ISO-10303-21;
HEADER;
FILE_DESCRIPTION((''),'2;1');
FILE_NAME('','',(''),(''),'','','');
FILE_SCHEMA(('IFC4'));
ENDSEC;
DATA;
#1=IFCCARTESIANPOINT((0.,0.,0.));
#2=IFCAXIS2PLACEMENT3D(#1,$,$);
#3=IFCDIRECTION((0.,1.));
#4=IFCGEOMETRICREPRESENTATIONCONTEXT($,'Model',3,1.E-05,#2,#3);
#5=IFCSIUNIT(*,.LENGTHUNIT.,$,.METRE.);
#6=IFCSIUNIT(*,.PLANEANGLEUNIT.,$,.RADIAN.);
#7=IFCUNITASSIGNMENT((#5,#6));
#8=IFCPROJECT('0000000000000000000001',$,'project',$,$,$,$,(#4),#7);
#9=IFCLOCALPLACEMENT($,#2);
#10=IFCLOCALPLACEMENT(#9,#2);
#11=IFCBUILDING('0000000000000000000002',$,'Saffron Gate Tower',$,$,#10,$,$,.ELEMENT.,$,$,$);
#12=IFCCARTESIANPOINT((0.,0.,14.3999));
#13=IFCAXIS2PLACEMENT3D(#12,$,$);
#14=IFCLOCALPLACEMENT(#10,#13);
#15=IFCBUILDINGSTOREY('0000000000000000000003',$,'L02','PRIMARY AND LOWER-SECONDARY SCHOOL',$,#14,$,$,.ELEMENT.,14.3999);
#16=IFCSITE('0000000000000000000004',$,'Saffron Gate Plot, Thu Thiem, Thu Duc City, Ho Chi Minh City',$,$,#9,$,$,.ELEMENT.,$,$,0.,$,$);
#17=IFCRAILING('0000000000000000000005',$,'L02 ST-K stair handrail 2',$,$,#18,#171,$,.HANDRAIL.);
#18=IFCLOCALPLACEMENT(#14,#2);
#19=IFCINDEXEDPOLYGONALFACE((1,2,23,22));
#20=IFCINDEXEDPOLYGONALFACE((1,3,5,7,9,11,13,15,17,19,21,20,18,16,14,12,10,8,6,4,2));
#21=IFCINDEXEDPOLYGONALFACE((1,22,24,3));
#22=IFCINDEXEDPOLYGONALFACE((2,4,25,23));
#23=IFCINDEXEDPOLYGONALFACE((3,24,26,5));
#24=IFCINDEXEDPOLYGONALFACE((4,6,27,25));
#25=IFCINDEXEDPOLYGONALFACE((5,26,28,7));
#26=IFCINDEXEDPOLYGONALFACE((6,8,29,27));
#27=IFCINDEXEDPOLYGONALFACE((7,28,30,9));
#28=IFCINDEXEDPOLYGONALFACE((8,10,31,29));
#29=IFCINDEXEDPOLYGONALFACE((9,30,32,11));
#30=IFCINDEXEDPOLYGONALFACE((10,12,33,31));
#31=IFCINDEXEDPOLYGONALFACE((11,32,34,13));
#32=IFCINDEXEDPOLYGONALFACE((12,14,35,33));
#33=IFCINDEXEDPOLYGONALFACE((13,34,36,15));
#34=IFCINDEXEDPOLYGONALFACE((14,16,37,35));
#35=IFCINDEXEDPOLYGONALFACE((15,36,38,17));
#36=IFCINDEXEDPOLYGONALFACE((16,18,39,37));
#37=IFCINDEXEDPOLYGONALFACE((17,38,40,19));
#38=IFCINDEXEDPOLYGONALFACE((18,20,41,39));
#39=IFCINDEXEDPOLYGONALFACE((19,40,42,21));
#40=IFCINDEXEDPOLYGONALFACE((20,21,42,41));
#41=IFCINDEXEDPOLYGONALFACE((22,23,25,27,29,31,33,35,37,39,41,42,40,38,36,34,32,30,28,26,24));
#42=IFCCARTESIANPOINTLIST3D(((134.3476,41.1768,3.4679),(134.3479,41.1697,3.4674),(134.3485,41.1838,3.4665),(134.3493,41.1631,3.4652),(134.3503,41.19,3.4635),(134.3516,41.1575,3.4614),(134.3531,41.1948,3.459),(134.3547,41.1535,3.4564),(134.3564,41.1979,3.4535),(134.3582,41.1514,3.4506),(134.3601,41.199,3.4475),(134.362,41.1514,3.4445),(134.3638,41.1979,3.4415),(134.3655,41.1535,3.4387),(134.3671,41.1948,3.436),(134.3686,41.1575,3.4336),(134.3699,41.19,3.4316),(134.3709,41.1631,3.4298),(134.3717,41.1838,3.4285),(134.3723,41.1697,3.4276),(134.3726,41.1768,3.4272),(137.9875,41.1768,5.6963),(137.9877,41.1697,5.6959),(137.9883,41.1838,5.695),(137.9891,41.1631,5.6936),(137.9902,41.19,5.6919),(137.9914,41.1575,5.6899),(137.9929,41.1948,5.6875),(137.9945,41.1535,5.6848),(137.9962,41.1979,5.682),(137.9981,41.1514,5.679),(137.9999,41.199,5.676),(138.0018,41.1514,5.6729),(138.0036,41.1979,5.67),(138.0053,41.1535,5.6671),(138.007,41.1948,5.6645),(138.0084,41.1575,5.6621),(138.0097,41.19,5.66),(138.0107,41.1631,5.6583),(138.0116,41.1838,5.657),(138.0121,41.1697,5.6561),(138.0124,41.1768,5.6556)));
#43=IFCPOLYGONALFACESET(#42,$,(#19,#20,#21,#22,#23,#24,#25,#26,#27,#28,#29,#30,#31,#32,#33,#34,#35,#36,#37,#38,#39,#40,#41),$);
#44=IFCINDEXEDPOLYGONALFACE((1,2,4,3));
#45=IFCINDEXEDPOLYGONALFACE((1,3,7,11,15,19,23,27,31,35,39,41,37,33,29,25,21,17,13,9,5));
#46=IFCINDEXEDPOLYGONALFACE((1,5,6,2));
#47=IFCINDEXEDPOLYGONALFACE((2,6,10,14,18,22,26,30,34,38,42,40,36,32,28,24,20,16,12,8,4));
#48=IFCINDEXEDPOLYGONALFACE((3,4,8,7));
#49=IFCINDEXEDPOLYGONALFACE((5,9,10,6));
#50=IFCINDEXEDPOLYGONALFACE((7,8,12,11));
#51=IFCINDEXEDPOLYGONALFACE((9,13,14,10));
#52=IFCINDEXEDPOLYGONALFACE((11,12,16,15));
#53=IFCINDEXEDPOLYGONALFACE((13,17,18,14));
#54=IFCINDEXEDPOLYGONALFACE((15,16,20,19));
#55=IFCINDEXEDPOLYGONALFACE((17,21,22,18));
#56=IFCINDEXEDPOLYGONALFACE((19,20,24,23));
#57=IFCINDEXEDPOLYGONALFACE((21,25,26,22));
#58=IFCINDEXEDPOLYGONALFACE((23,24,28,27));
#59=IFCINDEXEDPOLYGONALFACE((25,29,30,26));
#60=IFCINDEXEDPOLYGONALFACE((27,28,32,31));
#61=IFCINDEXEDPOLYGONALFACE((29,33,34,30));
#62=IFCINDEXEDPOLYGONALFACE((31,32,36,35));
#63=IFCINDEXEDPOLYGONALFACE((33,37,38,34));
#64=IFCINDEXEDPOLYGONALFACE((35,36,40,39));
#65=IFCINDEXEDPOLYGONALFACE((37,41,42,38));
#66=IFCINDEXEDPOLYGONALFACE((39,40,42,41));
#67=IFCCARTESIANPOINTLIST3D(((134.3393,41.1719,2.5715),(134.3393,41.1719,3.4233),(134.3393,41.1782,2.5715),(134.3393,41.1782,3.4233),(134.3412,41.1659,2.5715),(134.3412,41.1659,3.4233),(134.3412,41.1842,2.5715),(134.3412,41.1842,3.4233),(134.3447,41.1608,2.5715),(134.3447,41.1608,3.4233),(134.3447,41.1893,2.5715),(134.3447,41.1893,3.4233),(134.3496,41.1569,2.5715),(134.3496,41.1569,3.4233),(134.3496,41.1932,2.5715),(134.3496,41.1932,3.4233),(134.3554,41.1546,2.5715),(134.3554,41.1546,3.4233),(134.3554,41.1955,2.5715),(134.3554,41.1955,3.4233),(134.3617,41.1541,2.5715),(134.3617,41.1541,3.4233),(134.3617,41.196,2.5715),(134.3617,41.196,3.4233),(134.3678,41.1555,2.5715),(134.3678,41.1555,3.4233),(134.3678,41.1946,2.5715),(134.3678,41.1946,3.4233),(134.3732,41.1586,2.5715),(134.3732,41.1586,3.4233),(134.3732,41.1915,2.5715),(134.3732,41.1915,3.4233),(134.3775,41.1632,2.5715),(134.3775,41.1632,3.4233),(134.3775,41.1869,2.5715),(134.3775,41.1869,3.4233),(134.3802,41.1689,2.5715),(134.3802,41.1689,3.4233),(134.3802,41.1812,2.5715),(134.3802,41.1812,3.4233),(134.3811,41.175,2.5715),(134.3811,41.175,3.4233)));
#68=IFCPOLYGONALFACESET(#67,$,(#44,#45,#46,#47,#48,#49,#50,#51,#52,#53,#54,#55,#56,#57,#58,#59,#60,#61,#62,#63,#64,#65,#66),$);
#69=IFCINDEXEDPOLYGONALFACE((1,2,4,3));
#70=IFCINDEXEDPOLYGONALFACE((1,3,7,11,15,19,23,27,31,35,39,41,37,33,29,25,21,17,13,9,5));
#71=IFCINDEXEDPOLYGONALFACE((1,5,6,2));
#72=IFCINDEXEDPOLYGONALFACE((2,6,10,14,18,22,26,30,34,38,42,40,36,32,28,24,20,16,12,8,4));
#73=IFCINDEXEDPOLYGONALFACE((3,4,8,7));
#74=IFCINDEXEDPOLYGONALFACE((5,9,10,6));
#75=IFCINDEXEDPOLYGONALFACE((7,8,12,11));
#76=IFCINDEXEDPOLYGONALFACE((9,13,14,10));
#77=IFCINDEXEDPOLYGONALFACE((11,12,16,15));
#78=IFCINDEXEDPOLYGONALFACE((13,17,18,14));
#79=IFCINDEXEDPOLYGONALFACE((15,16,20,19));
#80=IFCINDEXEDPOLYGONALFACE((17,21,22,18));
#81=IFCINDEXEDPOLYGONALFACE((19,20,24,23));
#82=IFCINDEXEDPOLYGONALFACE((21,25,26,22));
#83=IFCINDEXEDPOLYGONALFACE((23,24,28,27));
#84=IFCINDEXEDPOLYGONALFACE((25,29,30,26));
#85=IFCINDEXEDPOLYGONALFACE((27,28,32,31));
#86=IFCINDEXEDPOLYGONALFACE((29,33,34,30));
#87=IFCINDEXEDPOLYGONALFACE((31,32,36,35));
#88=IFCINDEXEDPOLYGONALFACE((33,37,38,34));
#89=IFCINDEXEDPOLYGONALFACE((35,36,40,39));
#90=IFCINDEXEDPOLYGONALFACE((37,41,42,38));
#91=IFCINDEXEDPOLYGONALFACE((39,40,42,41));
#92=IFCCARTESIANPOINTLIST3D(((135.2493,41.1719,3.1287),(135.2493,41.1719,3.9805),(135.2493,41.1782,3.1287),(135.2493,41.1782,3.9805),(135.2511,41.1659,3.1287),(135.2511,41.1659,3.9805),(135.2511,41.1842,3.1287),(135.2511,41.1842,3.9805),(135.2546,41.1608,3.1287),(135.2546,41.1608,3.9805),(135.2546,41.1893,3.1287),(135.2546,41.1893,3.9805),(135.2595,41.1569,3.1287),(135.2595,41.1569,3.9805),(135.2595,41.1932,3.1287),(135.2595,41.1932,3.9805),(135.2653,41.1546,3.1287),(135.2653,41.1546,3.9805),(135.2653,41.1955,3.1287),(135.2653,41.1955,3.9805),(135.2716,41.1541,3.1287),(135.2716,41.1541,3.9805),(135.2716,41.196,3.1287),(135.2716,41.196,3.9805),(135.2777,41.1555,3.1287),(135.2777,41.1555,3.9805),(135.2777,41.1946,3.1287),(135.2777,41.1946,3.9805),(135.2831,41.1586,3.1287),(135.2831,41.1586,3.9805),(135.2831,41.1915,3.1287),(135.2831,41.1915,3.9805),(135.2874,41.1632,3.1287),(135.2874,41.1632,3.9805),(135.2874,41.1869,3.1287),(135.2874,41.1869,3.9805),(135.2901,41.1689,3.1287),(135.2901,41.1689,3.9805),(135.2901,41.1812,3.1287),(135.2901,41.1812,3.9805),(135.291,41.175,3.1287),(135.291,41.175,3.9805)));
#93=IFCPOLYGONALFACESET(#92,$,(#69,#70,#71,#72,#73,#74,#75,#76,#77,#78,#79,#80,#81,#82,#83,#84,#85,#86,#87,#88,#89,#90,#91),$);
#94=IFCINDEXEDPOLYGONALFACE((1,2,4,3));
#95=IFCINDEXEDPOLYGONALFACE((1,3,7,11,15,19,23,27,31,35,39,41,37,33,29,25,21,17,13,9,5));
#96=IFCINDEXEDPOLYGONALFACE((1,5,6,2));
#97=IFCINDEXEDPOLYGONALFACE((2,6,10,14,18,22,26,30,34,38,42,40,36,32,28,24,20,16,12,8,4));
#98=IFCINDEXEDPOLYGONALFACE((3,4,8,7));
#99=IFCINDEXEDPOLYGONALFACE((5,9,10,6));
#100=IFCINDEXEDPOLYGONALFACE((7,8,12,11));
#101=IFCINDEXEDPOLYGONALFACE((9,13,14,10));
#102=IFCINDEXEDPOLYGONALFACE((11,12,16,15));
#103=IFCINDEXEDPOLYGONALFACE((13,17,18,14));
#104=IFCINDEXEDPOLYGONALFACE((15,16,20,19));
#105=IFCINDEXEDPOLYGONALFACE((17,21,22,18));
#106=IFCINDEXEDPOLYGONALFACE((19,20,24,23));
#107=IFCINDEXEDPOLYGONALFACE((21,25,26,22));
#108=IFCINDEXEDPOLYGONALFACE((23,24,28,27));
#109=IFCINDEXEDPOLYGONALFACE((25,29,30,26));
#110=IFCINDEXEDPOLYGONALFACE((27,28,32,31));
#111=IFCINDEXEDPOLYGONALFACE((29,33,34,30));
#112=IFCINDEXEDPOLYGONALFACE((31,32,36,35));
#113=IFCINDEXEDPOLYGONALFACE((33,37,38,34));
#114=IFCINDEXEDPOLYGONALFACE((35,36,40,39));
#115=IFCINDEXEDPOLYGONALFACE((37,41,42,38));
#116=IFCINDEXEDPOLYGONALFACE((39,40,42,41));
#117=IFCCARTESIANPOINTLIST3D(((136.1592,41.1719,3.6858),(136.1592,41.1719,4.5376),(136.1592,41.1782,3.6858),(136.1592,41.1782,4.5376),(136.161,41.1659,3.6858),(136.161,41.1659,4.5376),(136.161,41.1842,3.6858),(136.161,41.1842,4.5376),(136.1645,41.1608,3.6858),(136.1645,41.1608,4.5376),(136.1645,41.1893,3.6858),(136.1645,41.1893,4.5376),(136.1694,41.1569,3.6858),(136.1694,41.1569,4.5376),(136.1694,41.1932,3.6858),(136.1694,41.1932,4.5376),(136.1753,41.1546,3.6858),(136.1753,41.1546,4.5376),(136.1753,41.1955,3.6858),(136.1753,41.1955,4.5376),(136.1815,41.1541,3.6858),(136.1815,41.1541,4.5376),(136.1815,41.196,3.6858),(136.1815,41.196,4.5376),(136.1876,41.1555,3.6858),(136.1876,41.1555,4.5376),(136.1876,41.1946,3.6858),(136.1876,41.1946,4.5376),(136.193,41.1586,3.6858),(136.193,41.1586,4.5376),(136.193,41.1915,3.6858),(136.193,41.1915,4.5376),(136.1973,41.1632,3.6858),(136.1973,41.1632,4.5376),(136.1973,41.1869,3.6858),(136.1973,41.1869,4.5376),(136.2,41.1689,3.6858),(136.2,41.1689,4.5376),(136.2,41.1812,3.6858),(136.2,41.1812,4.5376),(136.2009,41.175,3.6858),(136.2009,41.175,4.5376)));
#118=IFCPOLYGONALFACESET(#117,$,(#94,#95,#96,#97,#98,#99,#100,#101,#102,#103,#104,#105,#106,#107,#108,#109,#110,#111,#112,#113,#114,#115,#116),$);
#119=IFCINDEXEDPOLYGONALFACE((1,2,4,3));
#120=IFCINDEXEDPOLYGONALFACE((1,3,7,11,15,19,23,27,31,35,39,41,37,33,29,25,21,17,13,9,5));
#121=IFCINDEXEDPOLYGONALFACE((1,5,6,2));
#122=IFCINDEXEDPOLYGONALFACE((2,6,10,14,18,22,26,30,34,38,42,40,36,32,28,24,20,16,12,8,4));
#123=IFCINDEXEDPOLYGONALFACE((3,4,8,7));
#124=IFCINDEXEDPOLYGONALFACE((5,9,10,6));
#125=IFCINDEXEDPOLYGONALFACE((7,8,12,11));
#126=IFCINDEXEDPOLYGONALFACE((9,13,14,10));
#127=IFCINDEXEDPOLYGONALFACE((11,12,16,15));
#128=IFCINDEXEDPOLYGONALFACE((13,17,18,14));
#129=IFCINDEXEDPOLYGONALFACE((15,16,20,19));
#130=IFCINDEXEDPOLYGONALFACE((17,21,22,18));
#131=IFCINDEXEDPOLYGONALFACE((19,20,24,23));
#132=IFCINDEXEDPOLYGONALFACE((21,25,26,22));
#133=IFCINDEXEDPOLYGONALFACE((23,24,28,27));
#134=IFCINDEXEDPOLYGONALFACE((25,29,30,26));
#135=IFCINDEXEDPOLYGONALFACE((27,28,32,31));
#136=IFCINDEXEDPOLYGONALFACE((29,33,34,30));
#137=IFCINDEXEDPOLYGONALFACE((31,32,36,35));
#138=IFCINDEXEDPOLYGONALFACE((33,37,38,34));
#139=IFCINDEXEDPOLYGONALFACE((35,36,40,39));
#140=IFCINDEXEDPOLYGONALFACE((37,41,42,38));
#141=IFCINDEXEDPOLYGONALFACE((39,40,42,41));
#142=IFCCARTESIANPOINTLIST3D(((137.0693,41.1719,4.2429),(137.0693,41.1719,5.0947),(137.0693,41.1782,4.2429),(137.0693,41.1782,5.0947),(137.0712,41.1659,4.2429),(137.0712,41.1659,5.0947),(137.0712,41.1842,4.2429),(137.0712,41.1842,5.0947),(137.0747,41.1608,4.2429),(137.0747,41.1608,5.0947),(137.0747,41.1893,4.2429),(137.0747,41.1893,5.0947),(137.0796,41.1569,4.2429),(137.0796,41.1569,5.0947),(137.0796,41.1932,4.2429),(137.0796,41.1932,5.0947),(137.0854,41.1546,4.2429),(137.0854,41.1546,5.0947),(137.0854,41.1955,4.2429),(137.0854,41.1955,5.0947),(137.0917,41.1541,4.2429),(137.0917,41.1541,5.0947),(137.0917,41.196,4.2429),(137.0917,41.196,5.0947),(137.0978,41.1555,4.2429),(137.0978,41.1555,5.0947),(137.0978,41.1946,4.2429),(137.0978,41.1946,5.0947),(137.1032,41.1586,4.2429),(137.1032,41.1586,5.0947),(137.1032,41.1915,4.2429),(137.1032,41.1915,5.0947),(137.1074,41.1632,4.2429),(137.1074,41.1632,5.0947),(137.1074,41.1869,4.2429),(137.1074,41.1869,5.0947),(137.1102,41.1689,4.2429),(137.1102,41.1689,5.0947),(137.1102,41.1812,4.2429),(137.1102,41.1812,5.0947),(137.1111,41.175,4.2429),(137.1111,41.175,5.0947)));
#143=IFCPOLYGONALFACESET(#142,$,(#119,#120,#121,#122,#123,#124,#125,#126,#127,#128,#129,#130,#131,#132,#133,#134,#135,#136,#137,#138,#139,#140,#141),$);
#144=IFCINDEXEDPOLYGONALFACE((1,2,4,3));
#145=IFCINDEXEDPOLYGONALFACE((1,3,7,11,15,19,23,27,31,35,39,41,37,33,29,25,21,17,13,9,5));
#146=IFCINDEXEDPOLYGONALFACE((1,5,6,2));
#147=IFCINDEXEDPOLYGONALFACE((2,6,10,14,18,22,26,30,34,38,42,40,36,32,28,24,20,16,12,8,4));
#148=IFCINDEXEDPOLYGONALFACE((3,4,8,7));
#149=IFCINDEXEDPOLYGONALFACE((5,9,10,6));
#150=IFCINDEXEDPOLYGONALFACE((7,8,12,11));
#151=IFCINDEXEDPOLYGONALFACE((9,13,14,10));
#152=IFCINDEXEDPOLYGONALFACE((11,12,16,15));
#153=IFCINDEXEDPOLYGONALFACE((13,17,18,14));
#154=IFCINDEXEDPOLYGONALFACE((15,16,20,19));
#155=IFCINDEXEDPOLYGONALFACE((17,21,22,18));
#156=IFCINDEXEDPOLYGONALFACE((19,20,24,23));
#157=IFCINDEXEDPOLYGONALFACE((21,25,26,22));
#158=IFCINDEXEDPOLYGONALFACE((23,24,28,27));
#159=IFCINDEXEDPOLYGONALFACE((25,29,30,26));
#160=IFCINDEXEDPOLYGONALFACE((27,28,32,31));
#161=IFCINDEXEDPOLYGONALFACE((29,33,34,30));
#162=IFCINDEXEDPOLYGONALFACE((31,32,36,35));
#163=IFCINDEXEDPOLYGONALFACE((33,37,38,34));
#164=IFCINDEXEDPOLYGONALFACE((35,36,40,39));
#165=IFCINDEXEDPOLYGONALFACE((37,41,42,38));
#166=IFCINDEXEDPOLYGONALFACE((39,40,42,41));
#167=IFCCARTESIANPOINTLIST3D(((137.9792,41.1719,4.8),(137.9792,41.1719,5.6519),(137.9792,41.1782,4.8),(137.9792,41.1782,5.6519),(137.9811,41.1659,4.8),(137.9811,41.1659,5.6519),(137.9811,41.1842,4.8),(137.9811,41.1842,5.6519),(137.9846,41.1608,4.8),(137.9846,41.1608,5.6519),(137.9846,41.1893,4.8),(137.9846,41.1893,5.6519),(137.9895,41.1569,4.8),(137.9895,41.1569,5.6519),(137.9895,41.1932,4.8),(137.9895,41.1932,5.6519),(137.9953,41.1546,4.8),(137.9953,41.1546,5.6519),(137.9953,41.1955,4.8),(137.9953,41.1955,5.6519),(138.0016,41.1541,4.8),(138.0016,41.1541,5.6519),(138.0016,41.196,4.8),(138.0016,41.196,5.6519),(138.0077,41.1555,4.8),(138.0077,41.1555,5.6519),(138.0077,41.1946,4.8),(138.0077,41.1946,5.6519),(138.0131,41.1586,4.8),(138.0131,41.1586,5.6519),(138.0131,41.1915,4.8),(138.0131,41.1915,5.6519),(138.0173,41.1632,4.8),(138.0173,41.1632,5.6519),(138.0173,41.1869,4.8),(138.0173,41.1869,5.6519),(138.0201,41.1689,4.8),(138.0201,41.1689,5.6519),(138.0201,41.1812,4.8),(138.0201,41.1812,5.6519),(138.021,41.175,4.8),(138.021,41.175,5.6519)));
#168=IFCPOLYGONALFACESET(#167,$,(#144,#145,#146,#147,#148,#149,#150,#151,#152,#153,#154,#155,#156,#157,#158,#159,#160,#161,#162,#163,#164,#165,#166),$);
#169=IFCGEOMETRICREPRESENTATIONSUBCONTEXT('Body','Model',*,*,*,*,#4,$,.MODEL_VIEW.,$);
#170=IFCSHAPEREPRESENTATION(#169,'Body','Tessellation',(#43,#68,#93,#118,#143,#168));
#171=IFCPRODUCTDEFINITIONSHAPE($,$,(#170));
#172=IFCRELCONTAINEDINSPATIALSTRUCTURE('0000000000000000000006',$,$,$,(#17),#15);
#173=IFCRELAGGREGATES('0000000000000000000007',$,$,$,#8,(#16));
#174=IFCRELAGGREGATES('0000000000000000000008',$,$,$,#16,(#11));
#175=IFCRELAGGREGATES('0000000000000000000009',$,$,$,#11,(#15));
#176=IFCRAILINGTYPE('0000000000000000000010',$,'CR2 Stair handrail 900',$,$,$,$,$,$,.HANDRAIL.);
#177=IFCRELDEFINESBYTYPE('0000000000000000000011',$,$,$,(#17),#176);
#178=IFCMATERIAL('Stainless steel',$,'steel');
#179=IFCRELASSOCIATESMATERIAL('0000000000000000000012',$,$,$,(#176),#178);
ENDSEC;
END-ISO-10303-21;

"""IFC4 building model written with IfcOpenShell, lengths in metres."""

from ifc_helpers import new_model, si_unit, direction, frame, origin, origin_2d, place, context, subcontext, project, spatial, circle, extrude, material, type_object, element, save


model = new_model("IFC4")

# Units and contexts
model_context = context("Model", 3, precision=1e-05, world=origin(), true_north=direction((0.0, 1.0)))
body_context = subcontext(model_context, "Body", "Model", "MODEL_VIEW")
ifc_project = project(units=[si_unit("LENGTHUNIT", "METRE"), si_unit("PLANEANGLEUNIT", "RADIAN")], contexts=[model_context])

# Site, building, storey
site_placement = place(None, origin())
site = spatial("IfcSite", under=ifc_project, at=site_placement, Name="Saffron Gate Plot, Thu Thiem, Thu Duc City, Ho Chi Minh City", CompositionType="ELEMENT", RefElevation=0.0)
building_placement = place(site_placement, origin())
building = spatial("IfcBuilding", under=site, at=building_placement, Name="Saffron Gate Tower", CompositionType="ELEMENT")
storey_placement = place(building_placement, frame((0.0, 0.0, 14.3999)))
storey = spatial("IfcBuildingStorey", under=building, at=storey_placement, Name="L02", Description="PRIMARY AND LOWER-SECONDARY SCHOOL", CompositionType="ELEMENT", Elevation=14.3999)

# Railing
ifc_material_1 = material(Name="Stainless steel", Category="steel")
railing_type_1 = type_object("IfcRailingType", Name="CR2 Stair handrail 900", PredefinedType="HANDRAIL", material=ifc_material_1)
railing_1_placement = place(storey_placement, frame((134.3601, 41.175, 2.5715)))
element("IfcRailing", 1, at=railing_1_placement, inside=storey, type_object=railing_type_1, Name="L02 ST-K stair handrail 2", PredefinedType="HANDRAIL", context=body_context, shape_type="SweptSolid", body=[
    extrude(circle(Radius=0.0239, at=origin_2d()), frame((0.0, 0.0, 0.876), z_axis=(0.85285, 0.0, 0.522156), x_axis=(0.0, 1.0, 0.0)), (0.0, 0.0, 1.0), 4.2678),
    extrude(circle(Radius=0.021, at=origin_2d()), origin(), (0.0, 0.0, 1.0), 0.8518),
    extrude(circle(Radius=0.021, at=origin_2d()), frame((0.9099, 0.0, 0.5571)), (0.0, 0.0, 1.0), 0.8518),
    extrude(circle(Radius=0.021, at=origin_2d()), frame((1.8198, 0.0, 1.1143)), (0.0, 0.0, 1.0), 0.8518),
    extrude(circle(Radius=0.021, at=origin_2d()), frame((2.73, 0.0, 1.6714)), (0.0, 0.0, 1.0), 0.8518),
    extrude(circle(Radius=0.021, at=origin_2d()), frame((3.6399, 0.0, 2.2285)), (0.0, 0.0, 1.0), 0.8518),
])

save(model, "model.ifc")
